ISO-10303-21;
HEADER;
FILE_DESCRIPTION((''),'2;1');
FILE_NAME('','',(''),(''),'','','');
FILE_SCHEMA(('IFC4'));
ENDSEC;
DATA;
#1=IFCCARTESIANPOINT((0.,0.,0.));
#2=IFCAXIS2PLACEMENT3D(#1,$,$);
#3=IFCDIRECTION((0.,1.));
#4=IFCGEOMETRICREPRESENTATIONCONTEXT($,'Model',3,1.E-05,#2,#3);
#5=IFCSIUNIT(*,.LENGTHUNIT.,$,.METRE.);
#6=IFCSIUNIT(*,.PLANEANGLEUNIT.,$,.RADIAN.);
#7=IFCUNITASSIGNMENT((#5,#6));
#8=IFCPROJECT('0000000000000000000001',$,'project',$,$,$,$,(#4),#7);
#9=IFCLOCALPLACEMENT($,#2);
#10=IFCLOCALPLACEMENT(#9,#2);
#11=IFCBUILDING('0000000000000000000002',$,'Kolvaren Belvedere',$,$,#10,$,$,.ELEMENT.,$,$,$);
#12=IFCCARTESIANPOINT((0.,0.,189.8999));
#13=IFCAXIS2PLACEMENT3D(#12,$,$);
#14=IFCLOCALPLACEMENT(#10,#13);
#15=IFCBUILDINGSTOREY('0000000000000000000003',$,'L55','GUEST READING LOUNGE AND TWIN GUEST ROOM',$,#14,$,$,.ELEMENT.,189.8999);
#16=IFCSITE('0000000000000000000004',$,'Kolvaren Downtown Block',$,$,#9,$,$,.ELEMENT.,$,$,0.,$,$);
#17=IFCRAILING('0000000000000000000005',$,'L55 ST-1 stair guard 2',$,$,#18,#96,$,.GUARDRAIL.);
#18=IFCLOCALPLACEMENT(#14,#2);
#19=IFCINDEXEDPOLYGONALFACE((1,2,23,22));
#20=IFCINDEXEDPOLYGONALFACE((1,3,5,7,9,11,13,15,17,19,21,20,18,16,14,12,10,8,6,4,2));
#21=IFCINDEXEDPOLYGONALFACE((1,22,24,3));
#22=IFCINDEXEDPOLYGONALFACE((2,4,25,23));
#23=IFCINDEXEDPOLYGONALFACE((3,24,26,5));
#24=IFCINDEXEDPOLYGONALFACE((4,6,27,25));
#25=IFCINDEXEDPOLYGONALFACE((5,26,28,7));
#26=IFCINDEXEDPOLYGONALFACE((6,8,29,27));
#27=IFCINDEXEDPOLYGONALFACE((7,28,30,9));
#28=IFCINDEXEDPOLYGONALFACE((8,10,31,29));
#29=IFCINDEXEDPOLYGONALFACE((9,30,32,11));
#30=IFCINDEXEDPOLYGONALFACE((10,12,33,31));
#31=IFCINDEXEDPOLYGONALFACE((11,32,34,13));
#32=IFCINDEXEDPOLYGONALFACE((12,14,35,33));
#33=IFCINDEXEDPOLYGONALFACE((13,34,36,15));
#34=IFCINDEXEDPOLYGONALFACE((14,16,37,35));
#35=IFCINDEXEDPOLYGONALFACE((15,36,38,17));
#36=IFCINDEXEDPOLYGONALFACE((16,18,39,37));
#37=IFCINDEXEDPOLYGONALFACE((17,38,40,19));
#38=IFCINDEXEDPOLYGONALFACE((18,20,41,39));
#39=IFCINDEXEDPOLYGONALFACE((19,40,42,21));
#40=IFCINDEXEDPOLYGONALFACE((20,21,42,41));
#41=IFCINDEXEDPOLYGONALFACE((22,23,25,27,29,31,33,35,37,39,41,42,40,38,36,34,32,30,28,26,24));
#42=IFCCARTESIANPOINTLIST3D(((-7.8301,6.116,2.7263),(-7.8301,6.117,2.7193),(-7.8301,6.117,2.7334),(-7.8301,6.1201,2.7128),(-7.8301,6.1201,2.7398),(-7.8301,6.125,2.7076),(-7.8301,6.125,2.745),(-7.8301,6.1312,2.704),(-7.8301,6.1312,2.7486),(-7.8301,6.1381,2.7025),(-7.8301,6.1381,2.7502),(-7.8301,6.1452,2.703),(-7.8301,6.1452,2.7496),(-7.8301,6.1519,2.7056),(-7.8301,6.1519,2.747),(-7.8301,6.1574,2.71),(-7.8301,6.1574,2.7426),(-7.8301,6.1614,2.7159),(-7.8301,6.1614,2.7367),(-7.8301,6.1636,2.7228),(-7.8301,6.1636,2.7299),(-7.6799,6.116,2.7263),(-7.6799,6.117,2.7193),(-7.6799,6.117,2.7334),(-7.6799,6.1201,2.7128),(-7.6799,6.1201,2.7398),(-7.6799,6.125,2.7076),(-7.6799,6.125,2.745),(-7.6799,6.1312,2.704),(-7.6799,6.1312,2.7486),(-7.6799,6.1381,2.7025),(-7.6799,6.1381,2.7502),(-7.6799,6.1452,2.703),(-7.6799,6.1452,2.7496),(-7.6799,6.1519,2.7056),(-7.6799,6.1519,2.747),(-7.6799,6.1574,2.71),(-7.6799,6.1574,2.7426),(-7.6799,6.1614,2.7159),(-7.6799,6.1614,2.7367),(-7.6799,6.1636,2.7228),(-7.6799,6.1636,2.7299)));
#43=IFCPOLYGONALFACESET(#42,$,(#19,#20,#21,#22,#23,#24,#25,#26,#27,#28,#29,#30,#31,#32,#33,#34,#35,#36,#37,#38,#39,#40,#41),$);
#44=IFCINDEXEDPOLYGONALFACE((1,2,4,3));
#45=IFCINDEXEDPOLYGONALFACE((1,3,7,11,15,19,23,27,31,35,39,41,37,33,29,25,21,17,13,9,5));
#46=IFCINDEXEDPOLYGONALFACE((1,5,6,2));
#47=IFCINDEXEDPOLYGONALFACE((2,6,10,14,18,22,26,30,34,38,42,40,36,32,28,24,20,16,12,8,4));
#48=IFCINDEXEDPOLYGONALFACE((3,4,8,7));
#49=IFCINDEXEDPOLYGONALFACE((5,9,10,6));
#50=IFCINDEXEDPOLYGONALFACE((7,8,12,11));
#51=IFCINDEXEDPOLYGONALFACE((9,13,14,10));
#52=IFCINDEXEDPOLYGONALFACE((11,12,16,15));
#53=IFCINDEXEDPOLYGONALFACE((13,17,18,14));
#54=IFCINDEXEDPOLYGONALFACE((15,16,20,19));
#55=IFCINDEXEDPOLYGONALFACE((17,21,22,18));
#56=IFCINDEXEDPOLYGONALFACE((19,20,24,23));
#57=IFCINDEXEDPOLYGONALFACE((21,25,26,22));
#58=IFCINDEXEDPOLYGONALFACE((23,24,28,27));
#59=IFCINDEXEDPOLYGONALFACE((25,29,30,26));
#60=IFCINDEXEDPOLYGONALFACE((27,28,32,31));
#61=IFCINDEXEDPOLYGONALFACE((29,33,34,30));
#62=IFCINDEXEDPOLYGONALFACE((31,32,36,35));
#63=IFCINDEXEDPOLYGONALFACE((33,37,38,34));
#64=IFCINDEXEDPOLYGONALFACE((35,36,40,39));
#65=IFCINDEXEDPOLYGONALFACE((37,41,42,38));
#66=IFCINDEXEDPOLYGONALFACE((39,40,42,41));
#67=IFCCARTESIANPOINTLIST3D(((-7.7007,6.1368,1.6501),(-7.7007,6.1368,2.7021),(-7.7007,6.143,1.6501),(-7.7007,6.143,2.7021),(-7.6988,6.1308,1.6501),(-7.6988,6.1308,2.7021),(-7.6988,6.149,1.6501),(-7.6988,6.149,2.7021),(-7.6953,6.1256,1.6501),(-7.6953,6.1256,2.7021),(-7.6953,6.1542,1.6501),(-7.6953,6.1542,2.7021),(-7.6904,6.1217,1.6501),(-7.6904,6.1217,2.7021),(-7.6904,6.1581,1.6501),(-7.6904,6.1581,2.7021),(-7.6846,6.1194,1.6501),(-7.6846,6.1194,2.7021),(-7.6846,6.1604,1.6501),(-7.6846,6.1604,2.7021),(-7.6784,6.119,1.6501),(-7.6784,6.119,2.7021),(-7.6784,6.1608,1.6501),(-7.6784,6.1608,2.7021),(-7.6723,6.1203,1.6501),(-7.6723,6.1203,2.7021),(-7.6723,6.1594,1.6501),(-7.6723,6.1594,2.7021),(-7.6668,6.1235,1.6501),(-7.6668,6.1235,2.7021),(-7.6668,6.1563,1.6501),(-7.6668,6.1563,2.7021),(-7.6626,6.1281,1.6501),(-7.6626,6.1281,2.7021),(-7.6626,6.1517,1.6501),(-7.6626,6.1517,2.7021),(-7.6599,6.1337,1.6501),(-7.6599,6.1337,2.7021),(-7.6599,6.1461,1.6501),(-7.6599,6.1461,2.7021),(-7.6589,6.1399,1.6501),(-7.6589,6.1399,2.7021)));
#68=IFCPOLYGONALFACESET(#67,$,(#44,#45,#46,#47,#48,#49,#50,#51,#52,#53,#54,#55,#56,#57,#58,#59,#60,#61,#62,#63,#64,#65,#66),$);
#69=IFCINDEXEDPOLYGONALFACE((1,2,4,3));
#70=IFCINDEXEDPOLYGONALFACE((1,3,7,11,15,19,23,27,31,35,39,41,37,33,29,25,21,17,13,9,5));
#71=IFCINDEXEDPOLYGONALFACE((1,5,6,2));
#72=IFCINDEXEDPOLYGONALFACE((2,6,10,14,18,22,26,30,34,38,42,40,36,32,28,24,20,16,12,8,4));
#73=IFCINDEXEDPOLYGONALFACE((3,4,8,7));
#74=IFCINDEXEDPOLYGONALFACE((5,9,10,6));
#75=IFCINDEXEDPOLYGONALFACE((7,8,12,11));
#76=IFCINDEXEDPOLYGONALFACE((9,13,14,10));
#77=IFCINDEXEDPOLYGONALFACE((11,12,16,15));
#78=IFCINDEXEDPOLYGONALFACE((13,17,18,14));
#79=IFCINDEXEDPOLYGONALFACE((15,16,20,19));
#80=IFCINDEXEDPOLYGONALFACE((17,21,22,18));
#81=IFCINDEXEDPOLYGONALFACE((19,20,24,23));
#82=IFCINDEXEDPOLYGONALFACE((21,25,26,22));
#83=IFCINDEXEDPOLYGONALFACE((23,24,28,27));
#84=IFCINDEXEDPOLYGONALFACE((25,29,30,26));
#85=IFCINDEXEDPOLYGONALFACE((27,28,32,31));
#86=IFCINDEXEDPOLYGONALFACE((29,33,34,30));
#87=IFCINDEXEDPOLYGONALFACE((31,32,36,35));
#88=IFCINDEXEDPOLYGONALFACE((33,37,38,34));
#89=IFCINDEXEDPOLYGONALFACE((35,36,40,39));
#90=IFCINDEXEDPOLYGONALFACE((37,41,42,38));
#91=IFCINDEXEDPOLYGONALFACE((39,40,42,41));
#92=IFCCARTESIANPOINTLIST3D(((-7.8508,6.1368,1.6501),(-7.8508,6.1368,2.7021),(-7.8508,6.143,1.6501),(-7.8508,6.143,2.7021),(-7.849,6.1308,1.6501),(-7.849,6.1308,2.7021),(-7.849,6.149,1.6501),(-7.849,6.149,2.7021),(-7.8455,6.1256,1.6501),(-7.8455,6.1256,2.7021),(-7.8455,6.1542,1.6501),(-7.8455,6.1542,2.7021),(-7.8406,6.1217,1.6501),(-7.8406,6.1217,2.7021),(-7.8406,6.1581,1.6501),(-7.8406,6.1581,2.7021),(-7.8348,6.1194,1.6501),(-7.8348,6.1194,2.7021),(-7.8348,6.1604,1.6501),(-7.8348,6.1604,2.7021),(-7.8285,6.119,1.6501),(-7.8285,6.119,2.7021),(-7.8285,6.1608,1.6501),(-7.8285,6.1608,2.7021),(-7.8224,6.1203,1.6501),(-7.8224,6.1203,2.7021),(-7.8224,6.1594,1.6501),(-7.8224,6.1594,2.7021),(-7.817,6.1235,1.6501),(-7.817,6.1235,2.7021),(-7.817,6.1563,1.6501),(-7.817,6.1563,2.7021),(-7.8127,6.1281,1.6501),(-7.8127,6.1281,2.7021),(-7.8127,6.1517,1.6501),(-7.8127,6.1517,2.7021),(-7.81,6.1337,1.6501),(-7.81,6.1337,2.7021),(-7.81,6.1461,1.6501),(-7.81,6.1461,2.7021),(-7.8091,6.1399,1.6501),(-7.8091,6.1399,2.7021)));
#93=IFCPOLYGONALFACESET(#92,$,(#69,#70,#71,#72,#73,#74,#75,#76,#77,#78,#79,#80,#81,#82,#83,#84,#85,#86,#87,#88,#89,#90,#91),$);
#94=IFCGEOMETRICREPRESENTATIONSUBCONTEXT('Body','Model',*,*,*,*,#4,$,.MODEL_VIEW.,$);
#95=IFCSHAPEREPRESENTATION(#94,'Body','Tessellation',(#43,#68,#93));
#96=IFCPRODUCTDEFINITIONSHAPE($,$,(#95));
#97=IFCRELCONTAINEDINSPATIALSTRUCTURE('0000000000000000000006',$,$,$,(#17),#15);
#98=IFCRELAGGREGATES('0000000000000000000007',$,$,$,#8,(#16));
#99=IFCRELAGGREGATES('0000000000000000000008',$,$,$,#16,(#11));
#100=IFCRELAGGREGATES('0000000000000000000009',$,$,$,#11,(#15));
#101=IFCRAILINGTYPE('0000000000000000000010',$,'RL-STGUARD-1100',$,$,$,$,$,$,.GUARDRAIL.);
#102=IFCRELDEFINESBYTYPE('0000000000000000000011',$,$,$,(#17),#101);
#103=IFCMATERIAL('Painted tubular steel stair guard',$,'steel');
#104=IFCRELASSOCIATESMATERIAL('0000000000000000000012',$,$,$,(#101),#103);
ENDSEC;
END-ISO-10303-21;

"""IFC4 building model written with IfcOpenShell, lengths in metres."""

from ifc_helpers import new_model, si_unit, direction, frame, origin, origin_2d, place, context, subcontext, project, spatial, circle, extrude, material, type_object, element, save


model = new_model("IFC4")

# Units and contexts
model_context = context("Model", 3, precision=1e-05, world=origin(), true_north=direction((0.0, 1.0)))
body_context = subcontext(model_context, "Body", "Model", "MODEL_VIEW")
ifc_project = project(units=[si_unit("LENGTHUNIT", "METRE"), si_unit("PLANEANGLEUNIT", "RADIAN")], contexts=[model_context])

# Site, building, storey
site_placement = place(None, origin())
site = spatial("IfcSite", under=ifc_project, at=site_placement, Name="Kolvaren Downtown Block", CompositionType="ELEMENT", RefElevation=0.0)
building_placement = place(site_placement, origin())
building = spatial("IfcBuilding", under=site, at=building_placement, Name="Kolvaren Belvedere", CompositionType="ELEMENT")
storey_placement = place(building_placement, frame((0.0, 0.0, 189.8999)))
storey = spatial("IfcBuildingStorey", under=building, at=storey_placement, Name="L55", Description="GUEST READING LOUNGE AND TWIN GUEST ROOM", CompositionType="ELEMENT", Elevation=189.8999)

# Railing
ifc_material_1 = material(Name="Painted tubular steel stair guard", Category="steel")
railing_type_1 = type_object("IfcRailingType", Name="RL-STGUARD-1100", PredefinedType="GUARDRAIL", material=ifc_material_1)
railing_1_placement = place(storey_placement, frame((-7.6799, 6.1399, 1.6501)))
element("IfcRailing", 1, at=railing_1_placement, inside=storey, type_object=railing_type_1, Name="L55 ST-1 stair guard 2", PredefinedType="GUARDRAIL", context=body_context, shape_type="SweptSolid", body=[
    extrude(circle(Radius=0.0239, at=origin_2d()), frame((0.0, 0.0, 1.0762), z_axis=(-1.0, 0.0, 0.0), x_axis=(0.0, -1.0, 0.0)), (0.0, 0.0, 1.0), 0.1501),
    extrude(circle(Radius=0.021, at=origin_2d()), origin(), (0.0, 0.0, 1.0), 1.052),
    extrude(circle(Radius=0.021, at=origin_2d()), frame((-0.1501, 0.0, 0.0)), (0.0, 0.0, 1.0), 1.052),
])

save(model, "model.ifc")
